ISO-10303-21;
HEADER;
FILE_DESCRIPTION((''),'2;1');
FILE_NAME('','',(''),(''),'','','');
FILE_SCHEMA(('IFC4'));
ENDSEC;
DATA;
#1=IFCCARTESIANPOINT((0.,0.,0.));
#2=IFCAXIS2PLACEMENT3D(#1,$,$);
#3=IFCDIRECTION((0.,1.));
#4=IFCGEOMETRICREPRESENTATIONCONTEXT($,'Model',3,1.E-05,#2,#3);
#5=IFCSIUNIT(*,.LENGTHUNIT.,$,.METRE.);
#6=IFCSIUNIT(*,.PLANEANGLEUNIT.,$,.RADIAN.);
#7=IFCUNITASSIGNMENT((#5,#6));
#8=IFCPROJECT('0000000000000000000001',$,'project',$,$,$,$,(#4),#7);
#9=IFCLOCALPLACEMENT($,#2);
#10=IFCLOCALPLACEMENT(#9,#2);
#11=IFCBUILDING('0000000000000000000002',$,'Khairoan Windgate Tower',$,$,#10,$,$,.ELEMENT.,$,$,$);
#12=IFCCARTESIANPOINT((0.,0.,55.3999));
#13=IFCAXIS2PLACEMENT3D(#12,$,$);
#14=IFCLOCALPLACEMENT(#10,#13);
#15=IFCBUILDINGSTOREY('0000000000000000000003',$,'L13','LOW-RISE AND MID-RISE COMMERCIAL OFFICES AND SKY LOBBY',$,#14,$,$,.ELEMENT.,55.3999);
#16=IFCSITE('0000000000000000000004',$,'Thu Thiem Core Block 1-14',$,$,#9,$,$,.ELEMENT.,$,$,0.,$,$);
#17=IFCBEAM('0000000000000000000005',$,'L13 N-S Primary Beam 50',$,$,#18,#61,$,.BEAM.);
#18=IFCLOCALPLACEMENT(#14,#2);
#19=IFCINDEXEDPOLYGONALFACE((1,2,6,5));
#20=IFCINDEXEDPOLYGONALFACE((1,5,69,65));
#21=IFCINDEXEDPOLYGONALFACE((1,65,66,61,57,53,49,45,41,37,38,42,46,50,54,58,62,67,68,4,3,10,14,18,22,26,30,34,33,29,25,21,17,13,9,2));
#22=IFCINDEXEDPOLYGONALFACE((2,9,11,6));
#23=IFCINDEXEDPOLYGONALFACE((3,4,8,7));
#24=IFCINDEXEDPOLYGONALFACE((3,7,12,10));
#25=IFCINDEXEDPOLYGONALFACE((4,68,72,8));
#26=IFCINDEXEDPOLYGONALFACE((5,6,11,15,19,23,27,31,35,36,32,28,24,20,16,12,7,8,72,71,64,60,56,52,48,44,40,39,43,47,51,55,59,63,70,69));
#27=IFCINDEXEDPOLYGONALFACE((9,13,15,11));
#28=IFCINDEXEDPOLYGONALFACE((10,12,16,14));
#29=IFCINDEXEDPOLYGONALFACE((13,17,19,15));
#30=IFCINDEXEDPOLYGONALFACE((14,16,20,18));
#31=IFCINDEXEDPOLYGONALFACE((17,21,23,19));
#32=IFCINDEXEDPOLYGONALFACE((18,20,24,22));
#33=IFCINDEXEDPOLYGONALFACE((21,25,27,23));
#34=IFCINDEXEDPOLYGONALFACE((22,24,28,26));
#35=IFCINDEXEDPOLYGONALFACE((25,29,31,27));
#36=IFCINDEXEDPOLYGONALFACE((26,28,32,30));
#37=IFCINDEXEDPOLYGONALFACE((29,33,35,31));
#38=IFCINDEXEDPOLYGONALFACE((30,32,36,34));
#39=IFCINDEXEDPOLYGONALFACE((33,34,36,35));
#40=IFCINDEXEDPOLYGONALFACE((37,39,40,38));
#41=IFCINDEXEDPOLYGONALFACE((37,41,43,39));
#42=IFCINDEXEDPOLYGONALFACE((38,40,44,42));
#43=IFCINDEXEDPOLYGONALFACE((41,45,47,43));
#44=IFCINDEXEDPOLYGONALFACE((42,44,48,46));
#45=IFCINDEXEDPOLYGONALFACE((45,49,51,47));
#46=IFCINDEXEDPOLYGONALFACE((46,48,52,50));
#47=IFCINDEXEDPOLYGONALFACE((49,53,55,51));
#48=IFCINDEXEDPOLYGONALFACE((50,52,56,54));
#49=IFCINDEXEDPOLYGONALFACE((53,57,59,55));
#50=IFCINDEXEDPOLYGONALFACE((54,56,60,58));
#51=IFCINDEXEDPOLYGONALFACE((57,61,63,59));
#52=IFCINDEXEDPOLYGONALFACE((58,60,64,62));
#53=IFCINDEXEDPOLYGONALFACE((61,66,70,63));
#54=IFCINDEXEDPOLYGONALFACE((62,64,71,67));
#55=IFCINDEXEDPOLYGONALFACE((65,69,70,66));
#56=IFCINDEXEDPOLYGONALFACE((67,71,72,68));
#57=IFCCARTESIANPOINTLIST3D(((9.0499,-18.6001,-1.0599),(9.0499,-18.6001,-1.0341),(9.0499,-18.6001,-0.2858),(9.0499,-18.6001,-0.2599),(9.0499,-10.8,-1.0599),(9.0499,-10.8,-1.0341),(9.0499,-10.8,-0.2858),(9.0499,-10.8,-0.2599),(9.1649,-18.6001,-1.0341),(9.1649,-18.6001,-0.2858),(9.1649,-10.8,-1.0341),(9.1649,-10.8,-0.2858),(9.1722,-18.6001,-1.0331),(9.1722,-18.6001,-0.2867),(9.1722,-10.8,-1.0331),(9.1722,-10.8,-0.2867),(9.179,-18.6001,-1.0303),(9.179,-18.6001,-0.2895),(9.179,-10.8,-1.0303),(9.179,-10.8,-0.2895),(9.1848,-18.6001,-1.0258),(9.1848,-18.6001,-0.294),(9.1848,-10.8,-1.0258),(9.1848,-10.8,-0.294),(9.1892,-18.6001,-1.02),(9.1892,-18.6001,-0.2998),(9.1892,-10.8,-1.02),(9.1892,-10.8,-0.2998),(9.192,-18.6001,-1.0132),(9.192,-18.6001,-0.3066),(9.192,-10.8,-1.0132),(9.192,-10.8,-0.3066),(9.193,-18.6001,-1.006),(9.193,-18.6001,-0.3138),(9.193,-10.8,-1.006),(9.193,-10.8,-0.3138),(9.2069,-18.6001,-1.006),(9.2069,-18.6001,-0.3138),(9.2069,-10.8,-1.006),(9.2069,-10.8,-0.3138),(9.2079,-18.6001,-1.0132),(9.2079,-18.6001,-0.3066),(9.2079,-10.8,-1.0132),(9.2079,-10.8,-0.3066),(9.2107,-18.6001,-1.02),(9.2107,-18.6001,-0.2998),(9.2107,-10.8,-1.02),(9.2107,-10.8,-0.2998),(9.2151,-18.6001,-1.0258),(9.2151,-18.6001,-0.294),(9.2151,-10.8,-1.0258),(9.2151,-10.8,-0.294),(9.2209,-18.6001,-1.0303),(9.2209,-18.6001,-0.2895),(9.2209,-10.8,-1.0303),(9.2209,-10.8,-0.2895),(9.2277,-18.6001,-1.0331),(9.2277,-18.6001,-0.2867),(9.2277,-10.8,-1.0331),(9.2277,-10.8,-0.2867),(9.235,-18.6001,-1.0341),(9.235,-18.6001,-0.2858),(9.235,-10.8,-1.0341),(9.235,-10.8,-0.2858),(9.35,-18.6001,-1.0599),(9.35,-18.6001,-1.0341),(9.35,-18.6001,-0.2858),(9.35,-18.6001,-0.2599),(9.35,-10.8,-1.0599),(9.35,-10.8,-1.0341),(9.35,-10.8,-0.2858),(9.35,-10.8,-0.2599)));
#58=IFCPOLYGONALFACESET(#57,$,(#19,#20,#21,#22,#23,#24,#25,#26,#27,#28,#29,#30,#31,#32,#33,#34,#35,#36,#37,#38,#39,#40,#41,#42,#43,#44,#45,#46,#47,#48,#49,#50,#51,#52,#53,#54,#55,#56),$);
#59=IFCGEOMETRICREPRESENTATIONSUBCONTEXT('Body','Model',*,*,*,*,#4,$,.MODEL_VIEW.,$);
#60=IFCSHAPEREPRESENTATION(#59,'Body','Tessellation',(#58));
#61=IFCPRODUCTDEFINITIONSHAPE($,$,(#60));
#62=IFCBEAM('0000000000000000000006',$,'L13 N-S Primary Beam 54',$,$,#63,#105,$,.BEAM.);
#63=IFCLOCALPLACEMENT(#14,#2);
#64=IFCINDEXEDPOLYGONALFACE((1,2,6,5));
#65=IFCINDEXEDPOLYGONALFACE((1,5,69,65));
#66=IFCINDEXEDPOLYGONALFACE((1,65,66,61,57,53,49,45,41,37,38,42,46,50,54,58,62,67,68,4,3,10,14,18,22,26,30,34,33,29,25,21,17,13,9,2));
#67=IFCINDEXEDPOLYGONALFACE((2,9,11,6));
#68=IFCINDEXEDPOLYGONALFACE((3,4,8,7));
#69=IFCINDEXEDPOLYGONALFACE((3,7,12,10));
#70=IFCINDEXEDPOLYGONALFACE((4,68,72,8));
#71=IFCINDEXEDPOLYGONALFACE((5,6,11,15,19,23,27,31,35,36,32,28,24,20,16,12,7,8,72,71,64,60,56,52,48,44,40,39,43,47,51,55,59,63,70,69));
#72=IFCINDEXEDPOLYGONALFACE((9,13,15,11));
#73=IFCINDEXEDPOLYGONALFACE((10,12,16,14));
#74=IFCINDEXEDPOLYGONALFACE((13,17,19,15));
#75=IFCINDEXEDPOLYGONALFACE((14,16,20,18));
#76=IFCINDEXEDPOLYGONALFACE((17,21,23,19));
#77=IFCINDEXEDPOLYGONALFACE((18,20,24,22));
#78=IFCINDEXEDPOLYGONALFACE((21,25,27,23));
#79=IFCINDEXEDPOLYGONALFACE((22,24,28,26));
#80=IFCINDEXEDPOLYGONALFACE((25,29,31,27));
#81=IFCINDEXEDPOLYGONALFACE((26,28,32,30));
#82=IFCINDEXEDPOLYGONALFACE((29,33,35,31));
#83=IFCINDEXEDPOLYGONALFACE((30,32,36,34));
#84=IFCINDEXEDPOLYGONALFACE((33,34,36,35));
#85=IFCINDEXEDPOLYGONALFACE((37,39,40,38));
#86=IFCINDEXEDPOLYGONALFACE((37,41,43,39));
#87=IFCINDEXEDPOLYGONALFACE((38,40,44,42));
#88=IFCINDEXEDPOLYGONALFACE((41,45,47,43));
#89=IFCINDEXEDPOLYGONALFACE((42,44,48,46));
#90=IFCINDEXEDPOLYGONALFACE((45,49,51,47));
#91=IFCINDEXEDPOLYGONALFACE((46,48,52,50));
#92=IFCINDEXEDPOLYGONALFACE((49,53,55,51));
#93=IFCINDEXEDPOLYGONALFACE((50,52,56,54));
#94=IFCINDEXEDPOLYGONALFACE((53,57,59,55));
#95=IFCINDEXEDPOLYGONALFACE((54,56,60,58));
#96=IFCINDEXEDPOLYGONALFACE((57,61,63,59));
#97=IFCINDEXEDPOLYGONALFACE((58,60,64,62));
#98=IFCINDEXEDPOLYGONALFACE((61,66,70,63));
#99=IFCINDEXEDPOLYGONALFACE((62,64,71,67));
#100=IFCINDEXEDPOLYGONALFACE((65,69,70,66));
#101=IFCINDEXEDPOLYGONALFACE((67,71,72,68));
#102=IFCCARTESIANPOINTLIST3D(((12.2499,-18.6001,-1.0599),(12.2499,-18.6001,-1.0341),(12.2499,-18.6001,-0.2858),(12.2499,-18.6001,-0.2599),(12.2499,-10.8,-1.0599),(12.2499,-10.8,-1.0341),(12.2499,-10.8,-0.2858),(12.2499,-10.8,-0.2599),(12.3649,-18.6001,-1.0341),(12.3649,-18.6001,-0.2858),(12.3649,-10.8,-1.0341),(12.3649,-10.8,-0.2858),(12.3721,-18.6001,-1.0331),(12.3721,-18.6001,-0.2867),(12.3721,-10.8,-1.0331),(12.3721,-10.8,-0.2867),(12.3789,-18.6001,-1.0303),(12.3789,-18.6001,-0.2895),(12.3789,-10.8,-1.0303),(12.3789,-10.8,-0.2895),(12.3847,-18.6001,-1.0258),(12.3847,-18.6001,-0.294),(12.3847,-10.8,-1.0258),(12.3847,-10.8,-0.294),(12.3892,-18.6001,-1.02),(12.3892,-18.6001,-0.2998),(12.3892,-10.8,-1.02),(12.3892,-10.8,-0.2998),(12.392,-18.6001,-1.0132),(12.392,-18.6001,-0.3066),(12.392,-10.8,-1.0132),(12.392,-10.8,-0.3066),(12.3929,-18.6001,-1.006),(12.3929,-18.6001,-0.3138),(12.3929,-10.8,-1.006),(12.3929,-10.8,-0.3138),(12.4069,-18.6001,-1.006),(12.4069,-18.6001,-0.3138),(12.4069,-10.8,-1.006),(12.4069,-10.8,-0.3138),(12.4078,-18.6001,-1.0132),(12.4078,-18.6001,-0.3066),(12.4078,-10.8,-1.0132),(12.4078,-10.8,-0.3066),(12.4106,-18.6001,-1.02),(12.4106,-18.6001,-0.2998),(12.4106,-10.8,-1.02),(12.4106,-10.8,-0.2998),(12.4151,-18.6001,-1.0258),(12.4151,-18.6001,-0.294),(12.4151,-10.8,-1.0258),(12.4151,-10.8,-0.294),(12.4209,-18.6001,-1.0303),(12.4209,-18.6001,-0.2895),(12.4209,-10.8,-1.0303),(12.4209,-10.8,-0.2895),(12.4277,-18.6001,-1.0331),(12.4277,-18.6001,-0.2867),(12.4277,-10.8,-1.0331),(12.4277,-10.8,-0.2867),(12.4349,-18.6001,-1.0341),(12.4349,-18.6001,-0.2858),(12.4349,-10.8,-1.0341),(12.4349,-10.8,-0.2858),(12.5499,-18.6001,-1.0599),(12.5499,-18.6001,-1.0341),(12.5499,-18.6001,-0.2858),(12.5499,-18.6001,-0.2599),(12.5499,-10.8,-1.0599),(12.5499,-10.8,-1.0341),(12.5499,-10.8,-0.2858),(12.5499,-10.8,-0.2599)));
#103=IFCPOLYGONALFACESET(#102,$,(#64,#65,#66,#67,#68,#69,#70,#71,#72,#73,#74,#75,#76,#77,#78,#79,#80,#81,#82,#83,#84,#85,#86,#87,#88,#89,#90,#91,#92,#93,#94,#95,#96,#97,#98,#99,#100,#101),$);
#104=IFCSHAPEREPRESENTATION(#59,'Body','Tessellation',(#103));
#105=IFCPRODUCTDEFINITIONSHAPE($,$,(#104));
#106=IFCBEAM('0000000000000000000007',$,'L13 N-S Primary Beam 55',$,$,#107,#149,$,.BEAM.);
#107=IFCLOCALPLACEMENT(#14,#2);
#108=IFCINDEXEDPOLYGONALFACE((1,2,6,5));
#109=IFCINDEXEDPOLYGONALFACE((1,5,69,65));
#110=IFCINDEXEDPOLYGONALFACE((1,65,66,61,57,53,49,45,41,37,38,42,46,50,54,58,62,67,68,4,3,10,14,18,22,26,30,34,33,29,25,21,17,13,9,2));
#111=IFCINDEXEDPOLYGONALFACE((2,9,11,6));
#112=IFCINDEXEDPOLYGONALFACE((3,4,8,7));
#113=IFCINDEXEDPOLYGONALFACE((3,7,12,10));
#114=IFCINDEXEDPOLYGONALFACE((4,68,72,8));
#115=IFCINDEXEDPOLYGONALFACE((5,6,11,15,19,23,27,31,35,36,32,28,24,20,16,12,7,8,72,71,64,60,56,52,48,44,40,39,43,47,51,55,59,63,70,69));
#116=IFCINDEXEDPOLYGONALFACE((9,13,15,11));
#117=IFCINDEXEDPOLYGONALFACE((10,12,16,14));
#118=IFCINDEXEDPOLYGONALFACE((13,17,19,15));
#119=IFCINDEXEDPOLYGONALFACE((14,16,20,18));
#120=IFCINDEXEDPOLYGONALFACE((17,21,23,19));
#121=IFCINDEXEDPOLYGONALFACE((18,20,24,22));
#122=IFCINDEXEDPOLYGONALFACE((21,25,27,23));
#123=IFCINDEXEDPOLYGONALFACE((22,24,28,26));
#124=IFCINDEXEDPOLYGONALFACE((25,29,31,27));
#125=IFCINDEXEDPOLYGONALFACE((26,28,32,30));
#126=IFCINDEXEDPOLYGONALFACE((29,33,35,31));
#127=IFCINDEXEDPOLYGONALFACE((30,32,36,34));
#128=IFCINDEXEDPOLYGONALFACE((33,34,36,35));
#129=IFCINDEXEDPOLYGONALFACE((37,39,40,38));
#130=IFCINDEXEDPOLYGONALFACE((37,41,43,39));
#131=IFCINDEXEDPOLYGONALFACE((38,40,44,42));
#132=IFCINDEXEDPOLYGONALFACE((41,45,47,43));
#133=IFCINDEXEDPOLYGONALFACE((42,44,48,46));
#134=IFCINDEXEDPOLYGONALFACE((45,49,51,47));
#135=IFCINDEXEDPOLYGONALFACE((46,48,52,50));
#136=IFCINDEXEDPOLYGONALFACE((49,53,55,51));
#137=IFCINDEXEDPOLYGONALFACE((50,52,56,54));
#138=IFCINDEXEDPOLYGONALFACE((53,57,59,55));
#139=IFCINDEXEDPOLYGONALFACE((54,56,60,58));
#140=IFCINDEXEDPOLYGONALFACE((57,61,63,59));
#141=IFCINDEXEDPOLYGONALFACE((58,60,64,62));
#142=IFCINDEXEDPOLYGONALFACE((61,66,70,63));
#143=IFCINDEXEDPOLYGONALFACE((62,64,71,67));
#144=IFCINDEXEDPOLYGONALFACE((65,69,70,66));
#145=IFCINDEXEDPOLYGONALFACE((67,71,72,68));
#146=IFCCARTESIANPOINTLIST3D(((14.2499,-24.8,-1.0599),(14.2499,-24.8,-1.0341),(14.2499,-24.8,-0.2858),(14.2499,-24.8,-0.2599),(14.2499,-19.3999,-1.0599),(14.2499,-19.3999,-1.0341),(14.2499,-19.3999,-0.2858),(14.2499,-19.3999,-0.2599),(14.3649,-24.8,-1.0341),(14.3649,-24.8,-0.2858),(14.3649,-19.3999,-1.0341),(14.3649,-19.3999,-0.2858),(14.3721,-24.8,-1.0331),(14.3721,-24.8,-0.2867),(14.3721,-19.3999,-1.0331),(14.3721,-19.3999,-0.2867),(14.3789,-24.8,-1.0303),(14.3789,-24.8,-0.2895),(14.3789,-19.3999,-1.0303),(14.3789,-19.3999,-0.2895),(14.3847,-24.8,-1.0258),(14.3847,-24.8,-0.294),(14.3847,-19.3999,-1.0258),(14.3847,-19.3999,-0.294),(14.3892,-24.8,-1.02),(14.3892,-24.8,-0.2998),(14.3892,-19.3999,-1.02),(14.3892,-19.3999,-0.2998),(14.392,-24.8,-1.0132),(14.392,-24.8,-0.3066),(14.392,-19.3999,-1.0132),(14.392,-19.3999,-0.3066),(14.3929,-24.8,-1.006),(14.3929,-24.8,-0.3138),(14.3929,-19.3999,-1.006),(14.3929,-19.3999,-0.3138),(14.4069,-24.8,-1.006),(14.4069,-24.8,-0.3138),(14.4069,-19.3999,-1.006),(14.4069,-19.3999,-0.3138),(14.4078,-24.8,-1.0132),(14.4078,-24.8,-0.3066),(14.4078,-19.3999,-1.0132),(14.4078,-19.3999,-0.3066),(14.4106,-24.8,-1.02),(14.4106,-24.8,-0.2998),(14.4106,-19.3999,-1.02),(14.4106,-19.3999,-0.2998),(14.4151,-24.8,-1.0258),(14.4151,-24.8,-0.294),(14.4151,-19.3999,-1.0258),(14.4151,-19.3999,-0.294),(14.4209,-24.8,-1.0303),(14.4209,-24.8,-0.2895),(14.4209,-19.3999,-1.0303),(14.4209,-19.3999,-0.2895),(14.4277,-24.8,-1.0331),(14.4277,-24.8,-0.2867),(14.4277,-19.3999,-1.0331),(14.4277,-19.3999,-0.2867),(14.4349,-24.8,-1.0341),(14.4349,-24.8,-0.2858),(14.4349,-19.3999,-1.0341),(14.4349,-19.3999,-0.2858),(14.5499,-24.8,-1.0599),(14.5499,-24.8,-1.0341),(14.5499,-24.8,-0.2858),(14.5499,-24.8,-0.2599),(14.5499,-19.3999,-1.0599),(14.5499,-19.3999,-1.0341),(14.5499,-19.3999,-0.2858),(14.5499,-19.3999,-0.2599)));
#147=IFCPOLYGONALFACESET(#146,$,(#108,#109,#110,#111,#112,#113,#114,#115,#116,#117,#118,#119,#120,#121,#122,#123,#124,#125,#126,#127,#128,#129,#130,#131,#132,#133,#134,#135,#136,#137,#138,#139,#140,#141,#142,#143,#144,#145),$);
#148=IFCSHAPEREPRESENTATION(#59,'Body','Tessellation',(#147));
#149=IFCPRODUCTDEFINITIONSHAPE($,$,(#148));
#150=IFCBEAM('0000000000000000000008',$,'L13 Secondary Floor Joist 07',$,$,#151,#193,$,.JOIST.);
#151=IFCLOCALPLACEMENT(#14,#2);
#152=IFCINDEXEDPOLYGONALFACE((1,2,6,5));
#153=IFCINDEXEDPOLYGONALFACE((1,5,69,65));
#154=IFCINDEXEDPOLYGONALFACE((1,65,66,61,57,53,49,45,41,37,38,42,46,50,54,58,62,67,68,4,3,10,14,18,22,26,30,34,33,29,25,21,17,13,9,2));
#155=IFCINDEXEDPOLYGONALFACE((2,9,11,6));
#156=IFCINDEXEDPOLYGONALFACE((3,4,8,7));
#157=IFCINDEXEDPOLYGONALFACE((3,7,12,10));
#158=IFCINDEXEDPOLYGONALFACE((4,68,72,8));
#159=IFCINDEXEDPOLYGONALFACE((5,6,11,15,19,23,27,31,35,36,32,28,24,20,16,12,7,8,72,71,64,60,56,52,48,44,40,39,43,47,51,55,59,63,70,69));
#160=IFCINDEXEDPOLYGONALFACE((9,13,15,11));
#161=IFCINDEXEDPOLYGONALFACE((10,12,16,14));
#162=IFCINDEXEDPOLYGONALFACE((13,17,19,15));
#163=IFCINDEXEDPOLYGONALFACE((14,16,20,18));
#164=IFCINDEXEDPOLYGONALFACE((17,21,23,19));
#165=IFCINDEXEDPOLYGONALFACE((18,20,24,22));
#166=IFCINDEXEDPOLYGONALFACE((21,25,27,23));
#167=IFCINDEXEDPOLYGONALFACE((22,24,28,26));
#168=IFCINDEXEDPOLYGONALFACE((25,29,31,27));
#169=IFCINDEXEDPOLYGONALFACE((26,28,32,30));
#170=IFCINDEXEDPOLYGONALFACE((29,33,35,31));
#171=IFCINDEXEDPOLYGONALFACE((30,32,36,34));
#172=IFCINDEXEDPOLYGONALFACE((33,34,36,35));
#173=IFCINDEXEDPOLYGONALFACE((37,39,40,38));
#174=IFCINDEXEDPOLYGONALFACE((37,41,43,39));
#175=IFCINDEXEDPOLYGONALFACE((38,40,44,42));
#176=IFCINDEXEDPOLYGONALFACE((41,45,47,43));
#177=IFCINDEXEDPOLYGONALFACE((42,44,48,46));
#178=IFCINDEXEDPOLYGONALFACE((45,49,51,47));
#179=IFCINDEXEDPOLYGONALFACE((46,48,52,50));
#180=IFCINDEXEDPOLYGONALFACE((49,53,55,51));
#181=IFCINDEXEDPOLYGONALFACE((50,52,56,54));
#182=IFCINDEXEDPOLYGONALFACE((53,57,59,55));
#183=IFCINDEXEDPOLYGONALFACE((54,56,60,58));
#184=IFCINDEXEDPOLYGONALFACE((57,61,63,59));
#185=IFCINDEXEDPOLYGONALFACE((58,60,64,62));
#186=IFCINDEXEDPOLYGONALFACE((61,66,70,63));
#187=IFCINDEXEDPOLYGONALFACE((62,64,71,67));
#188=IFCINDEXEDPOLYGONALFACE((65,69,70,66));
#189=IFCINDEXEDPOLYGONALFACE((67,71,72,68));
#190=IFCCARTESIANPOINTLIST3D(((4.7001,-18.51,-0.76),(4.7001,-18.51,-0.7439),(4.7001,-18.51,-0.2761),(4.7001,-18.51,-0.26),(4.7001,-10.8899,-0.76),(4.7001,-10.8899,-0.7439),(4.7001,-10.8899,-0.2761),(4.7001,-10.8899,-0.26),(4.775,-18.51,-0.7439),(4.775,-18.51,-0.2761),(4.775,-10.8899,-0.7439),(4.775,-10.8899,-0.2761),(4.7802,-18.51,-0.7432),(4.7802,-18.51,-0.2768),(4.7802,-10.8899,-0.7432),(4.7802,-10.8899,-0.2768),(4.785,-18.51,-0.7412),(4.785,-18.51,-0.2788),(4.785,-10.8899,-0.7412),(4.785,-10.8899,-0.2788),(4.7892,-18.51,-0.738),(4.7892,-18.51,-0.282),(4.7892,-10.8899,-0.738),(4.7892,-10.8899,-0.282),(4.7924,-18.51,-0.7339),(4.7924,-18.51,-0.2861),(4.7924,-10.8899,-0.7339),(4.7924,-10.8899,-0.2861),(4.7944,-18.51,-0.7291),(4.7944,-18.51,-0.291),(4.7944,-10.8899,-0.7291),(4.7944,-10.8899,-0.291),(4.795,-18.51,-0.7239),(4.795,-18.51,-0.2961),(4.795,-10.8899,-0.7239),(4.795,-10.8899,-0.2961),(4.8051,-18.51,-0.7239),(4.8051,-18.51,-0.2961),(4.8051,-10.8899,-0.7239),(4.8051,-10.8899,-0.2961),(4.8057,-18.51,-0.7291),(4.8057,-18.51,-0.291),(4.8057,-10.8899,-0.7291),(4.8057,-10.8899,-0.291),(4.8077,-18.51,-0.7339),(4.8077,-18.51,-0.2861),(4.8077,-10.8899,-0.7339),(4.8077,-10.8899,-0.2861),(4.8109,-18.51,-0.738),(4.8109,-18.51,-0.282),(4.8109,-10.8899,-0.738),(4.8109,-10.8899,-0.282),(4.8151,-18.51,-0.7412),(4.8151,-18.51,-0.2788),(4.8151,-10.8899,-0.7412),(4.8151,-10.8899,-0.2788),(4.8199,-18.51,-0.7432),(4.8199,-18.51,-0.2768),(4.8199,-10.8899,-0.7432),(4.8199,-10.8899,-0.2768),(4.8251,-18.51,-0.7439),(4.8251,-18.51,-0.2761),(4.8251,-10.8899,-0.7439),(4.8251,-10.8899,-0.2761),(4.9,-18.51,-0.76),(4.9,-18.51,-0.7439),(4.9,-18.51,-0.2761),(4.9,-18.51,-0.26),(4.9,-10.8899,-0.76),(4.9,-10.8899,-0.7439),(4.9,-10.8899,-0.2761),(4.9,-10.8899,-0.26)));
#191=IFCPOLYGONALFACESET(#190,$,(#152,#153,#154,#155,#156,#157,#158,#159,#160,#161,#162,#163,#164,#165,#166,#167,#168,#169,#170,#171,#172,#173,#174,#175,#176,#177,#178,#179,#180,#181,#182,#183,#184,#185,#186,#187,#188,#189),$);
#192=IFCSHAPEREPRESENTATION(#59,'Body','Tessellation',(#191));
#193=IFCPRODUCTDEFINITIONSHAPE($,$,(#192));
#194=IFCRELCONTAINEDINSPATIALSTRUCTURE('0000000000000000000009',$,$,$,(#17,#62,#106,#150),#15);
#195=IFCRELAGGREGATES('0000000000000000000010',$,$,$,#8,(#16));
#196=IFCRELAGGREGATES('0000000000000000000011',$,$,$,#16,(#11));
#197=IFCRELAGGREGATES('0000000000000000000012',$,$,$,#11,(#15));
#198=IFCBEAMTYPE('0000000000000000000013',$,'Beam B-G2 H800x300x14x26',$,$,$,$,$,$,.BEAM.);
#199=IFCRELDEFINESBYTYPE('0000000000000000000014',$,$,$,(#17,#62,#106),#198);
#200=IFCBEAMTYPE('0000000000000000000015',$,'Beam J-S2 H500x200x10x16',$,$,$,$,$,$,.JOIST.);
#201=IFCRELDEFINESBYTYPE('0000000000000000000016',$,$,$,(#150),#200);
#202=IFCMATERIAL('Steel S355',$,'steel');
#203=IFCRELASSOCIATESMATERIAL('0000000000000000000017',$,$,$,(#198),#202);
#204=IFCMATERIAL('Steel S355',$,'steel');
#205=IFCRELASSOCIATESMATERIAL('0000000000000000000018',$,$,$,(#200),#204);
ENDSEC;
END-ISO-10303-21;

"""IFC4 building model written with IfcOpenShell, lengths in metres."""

from ifc_helpers import new_model, si_unit, direction, frame, origin, origin_2d, place, context, subcontext, project, spatial, i_section, extrude, material, material_profile, profile_set, type_object, element, save


model = new_model("IFC4")

# Units and contexts
model_context = context("Model", 3, precision=1e-05, world=origin(), true_north=direction((0.0, 1.0)))
body_context = subcontext(model_context, "Body", "Model", "MODEL_VIEW")
ifc_project = project(units=[si_unit("LENGTHUNIT", "METRE"), si_unit("PLANEANGLEUNIT", "RADIAN")], contexts=[model_context])

# Site, building, storey
site_placement = place(None, origin())
site = spatial("IfcSite", under=ifc_project, at=site_placement, Name="Thu Thiem Core Block 1-14", CompositionType="ELEMENT", RefElevation=0.0)
building_placement = place(site_placement, origin())
building = spatial("IfcBuilding", under=site, at=building_placement, Name="Khairoan Windgate Tower", CompositionType="ELEMENT")
storey_placement = place(building_placement, frame((0.0, 0.0, 55.3999)))
storey = spatial("IfcBuildingStorey", under=building, at=storey_placement, Name="L13", Description="LOW-RISE AND MID-RISE COMMERCIAL OFFICES AND SKY LOBBY", CompositionType="ELEMENT", Elevation=55.3999)

# Beams
ifc_material_1 = material(Name="Steel S355", Category="steel")
ifc_material_profile_1 = material_profile(ifc_material_1, i_section(OverallWidth=0.3, OverallDepth=0.8, WebThickness=0.0139, FlangeThickness=0.0259, FilletRadius=0.0281, at=origin_2d()))
ifc_profile_set_1 = profile_set([ifc_material_profile_1], Name="Steel S355")
beam_type_1 = type_object("IfcBeamType", Name="Beam B-G2 H800x300x14x26", PredefinedType="BEAM", material=ifc_profile_set_1)
for number, where, z_axis, x_axis, name in (
    (1, (9.2, -18.6001, -0.6599), (0.0, 1.0, 0.0), (-1.0, 0.0, 0.0), "L13 N-S Primary Beam 50"),
    (2, (12.3999, -18.6001, -0.6599), (0.0, 1.0, 0.0), (-1.0, 0.0, 0.0), "L13 N-S Primary Beam 54"),
):
    element("IfcBeam", number, at=place(storey_placement, frame(where, z_axis=z_axis, x_axis=x_axis)), inside=storey, type_object=beam_type_1, Name=name, PredefinedType="BEAM", context=body_context, shape_type="SweptSolid", body=[
        extrude(i_section(OverallWidth=0.3, OverallDepth=0.8, WebThickness=0.0139, FlangeThickness=0.0259, FilletRadius=0.0281, at=origin_2d()), origin(), (0.0, 0.0, 1.0), 7.8),
    ])
beam_1_placement = place(storey_placement, frame((14.3999, -24.8, -0.6599), z_axis=(0.0, 1.0, 0.0), x_axis=(-1.0, 0.0, 0.0)))
element("IfcBeam", 3, at=beam_1_placement, inside=storey, type_object=beam_type_1, Name="L13 N-S Primary Beam 55", PredefinedType="BEAM", context=body_context, shape_type="SweptSolid", body=[
    extrude(i_section(OverallWidth=0.3, OverallDepth=0.8, WebThickness=0.0139, FlangeThickness=0.0259, FilletRadius=0.0281, at=origin_2d()), origin(), (0.0, 0.0, 1.0), 5.4001),
])
ifc_material_2 = material(Name="Steel S355", Category="steel")
ifc_material_profile_2 = material_profile(ifc_material_2, i_section(OverallWidth=0.2, OverallDepth=0.5, WebThickness=0.01, FlangeThickness=0.0161, FilletRadius=0.02, at=origin_2d()))
ifc_profile_set_2 = profile_set([ifc_material_profile_2], Name="Steel S355")
beam_type_2 = type_object("IfcBeamType", Name="Beam J-S2 H500x200x10x16", PredefinedType="JOIST", material=ifc_profile_set_2)
beam_2_placement = place(storey_placement, frame((4.8, -18.51, -0.51), z_axis=(0.0, 1.0, 0.0), x_axis=(-1.0, 0.0, 0.0)))
element("IfcBeam", 4, at=beam_2_placement, inside=storey, type_object=beam_type_2, Name="L13 Secondary Floor Joist 07", PredefinedType="JOIST", context=body_context, shape_type="SweptSolid", body=[
    extrude(i_section(OverallWidth=0.2, OverallDepth=0.5, WebThickness=0.01, FlangeThickness=0.0161, FilletRadius=0.02, at=origin_2d()), origin(), (0.0, 0.0, 1.0), 7.6201),
])

save(model, "model.ifc")
